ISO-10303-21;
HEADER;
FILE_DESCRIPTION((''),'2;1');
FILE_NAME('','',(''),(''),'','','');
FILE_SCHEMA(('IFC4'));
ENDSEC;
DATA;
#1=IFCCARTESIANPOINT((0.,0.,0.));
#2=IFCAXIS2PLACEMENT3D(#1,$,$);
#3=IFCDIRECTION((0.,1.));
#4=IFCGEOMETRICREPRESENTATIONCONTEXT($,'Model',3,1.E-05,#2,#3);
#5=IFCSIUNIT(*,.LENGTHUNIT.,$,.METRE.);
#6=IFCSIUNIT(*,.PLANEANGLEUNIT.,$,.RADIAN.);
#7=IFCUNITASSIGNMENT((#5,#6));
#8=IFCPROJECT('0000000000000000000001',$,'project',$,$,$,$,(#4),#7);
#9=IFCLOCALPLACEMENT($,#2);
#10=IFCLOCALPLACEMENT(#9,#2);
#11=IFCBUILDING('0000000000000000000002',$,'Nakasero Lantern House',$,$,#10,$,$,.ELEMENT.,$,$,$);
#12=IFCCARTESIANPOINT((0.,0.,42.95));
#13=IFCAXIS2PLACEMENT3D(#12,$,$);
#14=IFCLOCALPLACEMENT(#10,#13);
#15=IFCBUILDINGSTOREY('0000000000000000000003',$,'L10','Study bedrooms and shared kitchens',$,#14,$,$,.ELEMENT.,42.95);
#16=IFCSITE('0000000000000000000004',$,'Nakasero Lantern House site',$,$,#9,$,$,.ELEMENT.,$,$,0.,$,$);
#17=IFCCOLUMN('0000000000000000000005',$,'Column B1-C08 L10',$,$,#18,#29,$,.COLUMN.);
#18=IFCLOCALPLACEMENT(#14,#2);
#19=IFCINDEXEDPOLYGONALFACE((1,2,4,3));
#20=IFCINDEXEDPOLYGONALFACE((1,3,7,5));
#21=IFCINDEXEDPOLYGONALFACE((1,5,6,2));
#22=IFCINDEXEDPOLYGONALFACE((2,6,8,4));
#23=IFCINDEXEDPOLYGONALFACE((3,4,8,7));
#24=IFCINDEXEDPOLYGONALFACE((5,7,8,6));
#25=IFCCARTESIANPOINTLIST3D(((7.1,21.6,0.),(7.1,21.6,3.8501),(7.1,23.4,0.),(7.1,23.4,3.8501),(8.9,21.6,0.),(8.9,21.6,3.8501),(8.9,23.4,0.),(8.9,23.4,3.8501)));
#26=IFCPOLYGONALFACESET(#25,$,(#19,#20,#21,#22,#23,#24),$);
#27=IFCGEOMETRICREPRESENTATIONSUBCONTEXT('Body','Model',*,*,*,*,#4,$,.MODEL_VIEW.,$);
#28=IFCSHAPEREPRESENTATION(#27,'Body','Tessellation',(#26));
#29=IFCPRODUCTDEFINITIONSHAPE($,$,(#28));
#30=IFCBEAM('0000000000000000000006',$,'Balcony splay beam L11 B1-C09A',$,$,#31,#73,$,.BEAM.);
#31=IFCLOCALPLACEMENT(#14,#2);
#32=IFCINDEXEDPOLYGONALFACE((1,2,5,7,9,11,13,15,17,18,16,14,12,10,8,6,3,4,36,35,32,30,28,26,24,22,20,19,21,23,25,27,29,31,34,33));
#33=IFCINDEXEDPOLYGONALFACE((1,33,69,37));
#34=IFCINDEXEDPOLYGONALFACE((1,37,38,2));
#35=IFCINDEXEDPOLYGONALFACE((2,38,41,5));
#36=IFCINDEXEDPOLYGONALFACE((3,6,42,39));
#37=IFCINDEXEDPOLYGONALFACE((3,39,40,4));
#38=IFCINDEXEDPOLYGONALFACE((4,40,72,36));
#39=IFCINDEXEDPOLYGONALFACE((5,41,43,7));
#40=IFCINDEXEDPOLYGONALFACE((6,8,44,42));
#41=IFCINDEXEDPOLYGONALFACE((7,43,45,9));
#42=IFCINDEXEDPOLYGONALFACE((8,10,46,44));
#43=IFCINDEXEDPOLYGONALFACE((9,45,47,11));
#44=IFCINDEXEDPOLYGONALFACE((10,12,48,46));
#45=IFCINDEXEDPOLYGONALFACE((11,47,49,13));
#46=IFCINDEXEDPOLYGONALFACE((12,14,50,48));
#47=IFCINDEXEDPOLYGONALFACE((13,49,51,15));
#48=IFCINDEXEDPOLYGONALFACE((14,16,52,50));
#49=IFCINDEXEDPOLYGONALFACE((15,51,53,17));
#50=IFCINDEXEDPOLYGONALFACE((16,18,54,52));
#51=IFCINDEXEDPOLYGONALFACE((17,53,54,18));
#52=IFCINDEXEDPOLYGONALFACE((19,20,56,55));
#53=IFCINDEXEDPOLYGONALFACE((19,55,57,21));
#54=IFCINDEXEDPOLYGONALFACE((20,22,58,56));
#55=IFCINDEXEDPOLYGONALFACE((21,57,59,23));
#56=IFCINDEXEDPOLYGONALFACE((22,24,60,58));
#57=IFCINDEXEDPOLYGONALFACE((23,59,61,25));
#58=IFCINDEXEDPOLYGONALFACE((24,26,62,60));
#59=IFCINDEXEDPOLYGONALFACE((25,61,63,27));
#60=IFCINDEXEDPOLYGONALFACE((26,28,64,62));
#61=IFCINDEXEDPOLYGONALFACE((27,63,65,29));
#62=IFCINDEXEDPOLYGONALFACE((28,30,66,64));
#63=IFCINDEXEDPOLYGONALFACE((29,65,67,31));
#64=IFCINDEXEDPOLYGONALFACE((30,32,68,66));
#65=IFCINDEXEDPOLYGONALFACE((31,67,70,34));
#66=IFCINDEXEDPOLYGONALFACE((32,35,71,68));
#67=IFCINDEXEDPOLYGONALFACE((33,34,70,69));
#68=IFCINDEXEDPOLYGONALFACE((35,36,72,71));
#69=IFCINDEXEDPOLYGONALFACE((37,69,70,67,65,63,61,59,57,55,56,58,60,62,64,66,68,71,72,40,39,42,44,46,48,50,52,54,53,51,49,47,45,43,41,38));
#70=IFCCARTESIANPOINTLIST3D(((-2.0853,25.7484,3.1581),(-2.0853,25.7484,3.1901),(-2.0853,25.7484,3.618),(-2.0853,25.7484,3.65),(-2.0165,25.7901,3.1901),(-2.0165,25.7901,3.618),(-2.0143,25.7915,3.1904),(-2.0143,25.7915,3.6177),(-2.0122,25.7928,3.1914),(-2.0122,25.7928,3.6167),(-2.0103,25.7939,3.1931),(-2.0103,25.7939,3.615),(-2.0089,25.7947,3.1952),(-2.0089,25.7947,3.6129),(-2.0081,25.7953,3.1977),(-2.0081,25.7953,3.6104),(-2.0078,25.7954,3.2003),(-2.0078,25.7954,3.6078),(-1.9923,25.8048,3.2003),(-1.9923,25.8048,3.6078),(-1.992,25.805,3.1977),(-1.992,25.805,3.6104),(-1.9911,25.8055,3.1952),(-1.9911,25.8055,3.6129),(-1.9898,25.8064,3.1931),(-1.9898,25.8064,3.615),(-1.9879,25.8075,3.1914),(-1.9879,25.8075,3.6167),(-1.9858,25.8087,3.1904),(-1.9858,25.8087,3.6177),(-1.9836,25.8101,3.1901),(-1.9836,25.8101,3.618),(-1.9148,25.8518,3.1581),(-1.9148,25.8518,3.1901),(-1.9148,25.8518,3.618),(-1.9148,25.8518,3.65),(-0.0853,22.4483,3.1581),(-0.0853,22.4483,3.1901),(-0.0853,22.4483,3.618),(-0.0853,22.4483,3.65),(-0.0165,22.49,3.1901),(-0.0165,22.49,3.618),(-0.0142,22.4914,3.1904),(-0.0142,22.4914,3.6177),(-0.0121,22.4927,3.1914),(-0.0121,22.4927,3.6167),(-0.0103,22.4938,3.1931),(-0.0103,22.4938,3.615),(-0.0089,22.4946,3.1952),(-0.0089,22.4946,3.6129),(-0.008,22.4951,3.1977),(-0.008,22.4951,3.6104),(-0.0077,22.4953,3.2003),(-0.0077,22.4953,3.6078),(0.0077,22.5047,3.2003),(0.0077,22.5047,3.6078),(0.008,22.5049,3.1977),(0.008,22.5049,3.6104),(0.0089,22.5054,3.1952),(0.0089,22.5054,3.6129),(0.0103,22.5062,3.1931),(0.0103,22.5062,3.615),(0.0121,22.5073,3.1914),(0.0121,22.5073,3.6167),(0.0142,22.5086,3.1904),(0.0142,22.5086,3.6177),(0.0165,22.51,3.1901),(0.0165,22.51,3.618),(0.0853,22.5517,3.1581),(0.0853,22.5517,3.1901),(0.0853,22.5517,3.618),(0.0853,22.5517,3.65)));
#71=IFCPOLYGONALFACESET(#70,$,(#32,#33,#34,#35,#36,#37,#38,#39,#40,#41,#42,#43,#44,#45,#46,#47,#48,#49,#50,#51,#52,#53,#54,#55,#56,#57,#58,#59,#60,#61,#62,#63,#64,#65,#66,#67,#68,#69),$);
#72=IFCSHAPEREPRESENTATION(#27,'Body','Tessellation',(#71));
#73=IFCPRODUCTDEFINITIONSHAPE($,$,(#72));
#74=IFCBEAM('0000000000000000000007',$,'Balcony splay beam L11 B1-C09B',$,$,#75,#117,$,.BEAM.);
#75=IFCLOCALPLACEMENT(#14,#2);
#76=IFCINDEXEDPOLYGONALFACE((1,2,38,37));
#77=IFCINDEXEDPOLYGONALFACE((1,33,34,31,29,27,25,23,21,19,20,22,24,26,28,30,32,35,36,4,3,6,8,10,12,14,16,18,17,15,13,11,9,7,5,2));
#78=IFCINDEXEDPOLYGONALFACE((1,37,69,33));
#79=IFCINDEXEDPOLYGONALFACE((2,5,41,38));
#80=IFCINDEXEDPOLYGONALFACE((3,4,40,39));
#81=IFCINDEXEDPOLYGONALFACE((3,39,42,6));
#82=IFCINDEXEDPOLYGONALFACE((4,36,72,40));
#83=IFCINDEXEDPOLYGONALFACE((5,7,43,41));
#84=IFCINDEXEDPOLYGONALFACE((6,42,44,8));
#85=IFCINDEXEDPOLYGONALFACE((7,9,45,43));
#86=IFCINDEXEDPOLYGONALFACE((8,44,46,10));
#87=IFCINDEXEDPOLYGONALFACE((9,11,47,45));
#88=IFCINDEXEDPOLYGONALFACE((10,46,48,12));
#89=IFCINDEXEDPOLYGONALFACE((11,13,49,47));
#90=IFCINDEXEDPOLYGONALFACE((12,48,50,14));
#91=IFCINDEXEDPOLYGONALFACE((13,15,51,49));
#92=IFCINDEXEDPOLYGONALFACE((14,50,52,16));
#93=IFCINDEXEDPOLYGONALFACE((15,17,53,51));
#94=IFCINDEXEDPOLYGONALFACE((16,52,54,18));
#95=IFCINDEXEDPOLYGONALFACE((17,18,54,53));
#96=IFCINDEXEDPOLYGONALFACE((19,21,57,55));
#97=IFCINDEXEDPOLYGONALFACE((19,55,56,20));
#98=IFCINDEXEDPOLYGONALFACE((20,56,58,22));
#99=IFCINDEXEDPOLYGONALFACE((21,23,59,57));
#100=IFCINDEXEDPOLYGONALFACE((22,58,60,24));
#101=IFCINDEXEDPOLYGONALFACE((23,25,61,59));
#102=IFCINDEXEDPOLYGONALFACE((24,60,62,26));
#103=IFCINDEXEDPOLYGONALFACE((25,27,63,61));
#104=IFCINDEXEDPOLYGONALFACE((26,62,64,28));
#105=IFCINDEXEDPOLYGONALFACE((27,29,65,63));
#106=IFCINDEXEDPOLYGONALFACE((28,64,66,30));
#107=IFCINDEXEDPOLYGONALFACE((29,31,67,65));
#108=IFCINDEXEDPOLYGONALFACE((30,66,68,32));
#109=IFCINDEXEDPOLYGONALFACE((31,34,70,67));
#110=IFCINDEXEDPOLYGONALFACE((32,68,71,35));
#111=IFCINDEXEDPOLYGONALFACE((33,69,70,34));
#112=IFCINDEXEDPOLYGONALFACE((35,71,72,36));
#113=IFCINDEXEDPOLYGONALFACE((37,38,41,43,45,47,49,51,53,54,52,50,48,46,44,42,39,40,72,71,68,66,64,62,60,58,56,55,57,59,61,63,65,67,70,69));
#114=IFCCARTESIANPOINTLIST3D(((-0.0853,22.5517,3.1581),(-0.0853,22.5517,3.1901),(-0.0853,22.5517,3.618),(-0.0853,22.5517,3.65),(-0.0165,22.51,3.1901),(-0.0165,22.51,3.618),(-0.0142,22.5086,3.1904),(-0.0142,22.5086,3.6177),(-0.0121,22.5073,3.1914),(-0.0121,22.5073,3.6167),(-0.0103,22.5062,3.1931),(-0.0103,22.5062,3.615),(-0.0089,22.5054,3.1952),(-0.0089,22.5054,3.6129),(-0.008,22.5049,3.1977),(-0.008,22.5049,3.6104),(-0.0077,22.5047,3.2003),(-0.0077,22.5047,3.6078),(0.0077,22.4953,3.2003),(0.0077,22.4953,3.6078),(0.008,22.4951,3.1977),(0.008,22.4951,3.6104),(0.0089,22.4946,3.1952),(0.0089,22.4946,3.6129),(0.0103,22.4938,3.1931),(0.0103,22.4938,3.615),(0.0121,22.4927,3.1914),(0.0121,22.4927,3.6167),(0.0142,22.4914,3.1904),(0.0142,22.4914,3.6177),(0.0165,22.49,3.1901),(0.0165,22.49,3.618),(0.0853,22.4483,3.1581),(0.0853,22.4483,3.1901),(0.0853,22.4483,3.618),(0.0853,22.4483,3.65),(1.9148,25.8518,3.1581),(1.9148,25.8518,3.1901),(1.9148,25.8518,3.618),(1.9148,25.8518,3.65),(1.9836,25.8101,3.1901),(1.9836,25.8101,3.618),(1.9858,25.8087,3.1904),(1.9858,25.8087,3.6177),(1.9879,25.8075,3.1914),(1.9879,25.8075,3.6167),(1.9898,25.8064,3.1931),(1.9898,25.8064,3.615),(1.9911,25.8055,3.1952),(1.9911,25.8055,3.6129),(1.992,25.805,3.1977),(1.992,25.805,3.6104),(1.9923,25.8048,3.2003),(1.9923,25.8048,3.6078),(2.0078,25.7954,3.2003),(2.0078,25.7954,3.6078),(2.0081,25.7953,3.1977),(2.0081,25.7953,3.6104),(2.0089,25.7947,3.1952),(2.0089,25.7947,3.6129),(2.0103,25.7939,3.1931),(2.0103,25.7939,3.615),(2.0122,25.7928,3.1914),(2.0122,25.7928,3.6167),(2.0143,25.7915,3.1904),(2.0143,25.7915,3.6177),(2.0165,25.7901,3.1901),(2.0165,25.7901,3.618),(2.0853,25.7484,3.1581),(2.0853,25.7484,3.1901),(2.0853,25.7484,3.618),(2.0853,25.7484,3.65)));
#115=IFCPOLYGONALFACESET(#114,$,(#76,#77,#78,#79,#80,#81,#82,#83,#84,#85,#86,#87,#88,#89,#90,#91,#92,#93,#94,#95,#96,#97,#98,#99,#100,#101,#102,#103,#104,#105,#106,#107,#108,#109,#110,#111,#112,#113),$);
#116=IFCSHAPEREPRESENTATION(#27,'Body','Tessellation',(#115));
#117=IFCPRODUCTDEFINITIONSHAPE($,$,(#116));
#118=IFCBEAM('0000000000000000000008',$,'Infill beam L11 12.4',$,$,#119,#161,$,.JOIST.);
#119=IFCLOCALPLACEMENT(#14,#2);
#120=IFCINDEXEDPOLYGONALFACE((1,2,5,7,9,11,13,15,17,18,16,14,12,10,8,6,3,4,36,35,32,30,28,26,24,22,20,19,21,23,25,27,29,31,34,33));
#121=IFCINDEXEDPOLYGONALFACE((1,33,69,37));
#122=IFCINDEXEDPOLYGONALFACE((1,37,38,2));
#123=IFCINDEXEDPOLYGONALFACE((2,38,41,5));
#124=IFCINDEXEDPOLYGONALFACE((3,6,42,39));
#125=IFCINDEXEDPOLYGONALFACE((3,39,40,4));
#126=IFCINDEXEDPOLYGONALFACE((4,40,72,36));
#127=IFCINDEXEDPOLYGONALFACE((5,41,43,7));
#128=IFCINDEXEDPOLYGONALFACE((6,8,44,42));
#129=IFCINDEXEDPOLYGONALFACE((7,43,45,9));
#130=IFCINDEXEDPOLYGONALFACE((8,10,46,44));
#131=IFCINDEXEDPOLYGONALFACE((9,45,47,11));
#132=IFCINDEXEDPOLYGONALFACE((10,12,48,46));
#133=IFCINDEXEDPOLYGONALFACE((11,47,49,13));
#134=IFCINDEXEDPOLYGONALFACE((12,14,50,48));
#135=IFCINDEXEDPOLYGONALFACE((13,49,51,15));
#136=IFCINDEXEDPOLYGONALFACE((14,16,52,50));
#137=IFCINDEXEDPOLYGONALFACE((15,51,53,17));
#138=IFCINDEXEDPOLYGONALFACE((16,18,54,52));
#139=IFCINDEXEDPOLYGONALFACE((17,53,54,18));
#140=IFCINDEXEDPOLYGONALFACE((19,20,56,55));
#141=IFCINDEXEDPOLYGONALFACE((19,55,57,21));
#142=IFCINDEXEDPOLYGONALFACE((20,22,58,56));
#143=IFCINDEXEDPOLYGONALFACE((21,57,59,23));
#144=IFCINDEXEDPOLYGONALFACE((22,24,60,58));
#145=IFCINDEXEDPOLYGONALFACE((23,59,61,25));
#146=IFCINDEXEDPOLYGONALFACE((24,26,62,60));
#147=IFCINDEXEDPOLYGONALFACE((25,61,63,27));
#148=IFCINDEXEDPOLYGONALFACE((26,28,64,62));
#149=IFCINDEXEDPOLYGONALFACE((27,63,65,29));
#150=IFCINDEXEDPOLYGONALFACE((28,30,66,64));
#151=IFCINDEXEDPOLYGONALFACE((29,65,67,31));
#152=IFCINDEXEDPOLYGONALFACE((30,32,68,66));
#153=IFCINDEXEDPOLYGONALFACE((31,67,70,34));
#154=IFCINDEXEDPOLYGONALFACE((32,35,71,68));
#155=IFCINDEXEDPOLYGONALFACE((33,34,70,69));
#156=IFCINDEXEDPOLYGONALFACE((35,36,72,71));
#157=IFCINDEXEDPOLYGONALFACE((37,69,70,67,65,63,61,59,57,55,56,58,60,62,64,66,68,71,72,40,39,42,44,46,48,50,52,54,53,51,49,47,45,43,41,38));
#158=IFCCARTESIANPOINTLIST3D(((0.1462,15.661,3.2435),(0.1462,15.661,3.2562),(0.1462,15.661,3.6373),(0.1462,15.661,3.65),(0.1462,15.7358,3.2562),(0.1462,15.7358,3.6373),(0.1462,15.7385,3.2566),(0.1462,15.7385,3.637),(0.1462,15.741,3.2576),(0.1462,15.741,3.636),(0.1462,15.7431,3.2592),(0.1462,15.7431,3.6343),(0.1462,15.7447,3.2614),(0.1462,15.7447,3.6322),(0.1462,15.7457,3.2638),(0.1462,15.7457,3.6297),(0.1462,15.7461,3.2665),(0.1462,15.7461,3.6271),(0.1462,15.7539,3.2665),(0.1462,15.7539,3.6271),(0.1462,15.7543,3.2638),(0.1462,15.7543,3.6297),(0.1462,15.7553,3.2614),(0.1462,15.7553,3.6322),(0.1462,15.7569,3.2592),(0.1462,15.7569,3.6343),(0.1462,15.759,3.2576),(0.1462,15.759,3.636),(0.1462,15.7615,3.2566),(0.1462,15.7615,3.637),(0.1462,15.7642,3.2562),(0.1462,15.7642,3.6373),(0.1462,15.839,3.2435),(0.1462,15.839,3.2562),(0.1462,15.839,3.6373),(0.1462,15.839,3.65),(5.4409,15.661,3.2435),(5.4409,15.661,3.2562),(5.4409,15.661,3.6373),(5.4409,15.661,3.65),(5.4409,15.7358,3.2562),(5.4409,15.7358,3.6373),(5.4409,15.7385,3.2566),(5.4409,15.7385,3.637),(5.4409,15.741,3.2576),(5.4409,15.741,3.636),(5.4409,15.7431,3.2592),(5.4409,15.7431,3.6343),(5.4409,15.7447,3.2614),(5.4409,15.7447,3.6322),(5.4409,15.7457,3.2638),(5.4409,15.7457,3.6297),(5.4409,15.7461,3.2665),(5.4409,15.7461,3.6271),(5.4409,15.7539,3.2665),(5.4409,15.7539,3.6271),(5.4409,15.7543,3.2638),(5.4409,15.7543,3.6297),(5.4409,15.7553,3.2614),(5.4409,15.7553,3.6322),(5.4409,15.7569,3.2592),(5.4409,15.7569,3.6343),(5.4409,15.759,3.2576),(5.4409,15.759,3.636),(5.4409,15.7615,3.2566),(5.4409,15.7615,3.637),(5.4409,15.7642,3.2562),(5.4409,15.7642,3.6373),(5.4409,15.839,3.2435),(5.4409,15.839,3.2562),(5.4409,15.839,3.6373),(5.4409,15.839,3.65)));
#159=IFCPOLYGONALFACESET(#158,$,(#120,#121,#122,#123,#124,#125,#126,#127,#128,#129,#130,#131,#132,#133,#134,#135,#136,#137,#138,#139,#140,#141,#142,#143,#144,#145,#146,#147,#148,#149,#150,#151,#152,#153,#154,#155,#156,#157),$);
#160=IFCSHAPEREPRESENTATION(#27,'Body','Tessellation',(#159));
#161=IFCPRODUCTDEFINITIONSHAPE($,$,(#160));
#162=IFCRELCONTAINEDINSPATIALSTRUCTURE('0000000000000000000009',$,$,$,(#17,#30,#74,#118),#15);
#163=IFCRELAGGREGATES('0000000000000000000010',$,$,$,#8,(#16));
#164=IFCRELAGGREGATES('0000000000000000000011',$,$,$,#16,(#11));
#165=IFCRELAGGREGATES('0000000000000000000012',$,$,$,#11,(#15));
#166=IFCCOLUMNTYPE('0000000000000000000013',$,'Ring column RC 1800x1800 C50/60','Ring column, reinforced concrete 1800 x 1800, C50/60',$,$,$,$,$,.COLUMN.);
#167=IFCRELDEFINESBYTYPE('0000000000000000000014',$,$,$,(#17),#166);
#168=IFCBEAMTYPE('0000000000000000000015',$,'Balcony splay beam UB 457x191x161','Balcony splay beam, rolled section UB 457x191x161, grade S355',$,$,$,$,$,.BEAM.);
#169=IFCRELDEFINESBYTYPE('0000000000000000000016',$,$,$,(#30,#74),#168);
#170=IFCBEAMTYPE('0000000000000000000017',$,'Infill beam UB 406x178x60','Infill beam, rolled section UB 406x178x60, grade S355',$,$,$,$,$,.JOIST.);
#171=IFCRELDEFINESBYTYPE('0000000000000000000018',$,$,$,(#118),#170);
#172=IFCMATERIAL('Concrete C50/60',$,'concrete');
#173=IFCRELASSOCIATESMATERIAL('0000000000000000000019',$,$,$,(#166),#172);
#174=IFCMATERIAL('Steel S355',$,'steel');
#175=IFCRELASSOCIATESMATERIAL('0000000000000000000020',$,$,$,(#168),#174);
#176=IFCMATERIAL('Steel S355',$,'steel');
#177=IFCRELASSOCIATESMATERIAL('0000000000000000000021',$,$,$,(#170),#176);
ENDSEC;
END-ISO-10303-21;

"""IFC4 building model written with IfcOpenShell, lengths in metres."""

from ifc_helpers import new_model, si_unit, direction, frame, origin, origin_2d, place, context, subcontext, project, spatial, rectangle, i_section, extrude, material, material_profile, profile_set, type_object, element, save


model = new_model("IFC4")

# Units and contexts
model_context = context("Model", 3, precision=1e-05, world=origin(), true_north=direction((0.0, 1.0)))
body_context = subcontext(model_context, "Body", "Model", "MODEL_VIEW")
ifc_project = project(units=[si_unit("LENGTHUNIT", "METRE"), si_unit("PLANEANGLEUNIT", "RADIAN")], contexts=[model_context])

# Site, building, storey
site_placement = place(None, origin())
site = spatial("IfcSite", under=ifc_project, at=site_placement, Name="Nakasero Lantern House site", CompositionType="ELEMENT", RefElevation=0.0)
building_placement = place(site_placement, origin())
building = spatial("IfcBuilding", under=site, at=building_placement, Name="Nakasero Lantern House", CompositionType="ELEMENT")
storey_placement = place(building_placement, frame((0.0, 0.0, 42.95)))
storey = spatial("IfcBuildingStorey", under=building, at=storey_placement, Name="L10", Description="Study bedrooms and shared kitchens", CompositionType="ELEMENT", Elevation=42.95)

# Column
ifc_material_1 = material(Name="Concrete C50/60", Category="concrete")
ifc_material_profile_1 = material_profile(ifc_material_1, rectangle(XDim=1.8, YDim=1.8, at=origin_2d()), Name="RC 1800x1800")
ifc_profile_set_1 = profile_set([ifc_material_profile_1], Name="Concrete C50/60")
column_type = type_object("IfcColumnType", Name="Ring column RC 1800x1800 C50/60", Description="Ring column, reinforced concrete 1800 x 1800, C50/60", PredefinedType="COLUMN", material=ifc_profile_set_1)
column_placement = place(storey_placement, frame((8.0, 22.5, 0.0), z_axis=(0.0, 0.0, 1.0), x_axis=(1.0, 0.0, 0.0)))
element("IfcColumn", 1, at=column_placement, inside=storey, type_object=column_type, Name="Column B1-C08 L10", PredefinedType="COLUMN", context=body_context, shape_type="SweptSolid", body=[
    extrude(rectangle(XDim=1.8, YDim=1.8, at=origin_2d()), origin(), (0.0, 0.0, 1.0), 3.8501),
])

# Beams
ifc_material_2 = material(Name="Steel S355", Category="steel")
ifc_material_profile_2 = material_profile(ifc_material_2, i_section(OverallWidth=0.1995, OverallDepth=0.4919, WebThickness=0.0181, FlangeThickness=0.032, FilletRadius=0.0103, at=origin_2d()), Name="UB 457x191x161")
ifc_profile_set_2 = profile_set([ifc_material_profile_2], Name="Steel S355")
beam_type_1 = type_object("IfcBeamType", Name="Balcony splay beam UB 457x191x161", Description="Balcony splay beam, rolled section UB 457x191x161, grade S355", PredefinedType="BEAM", material=ifc_profile_set_2)
for number, where, z_axis, x_axis, name in (
    (2, (0.0, 22.5, 3.4041), (-0.518296, 0.855201, 0.0), (-0.855201, -0.518296, 0.0), "Balcony splay beam L11 B1-C09A"),
    (3, (0.0, 22.5, 3.4041), (0.518296, 0.855201, 0.0), (-0.855201, 0.518296, 0.0), "Balcony splay beam L11 B1-C09B"),
):
    element("IfcBeam", number, at=place(storey_placement, frame(where, z_axis=z_axis, x_axis=x_axis)), inside=storey, type_object=beam_type_1, Name=name, PredefinedType="BEAM", context=body_context, shape_type="SweptSolid", body=[
        extrude(i_section(OverallWidth=0.1995, OverallDepth=0.4919, WebThickness=0.0181, FlangeThickness=0.032, FilletRadius=0.0103, at=origin_2d()), origin(), (0.0, 0.0, 1.0), 3.8589),
    ])
ifc_material_3 = material(Name="Steel S355", Category="steel")
ifc_material_profile_3 = material_profile(ifc_material_3, i_section(OverallWidth=0.178, OverallDepth=0.4065, WebThickness=0.0078, FlangeThickness=0.0127, FilletRadius=0.0103, at=origin_2d()), Name="UB 406x178x60")
ifc_profile_set_3 = profile_set([ifc_material_profile_3], Name="Steel S355")
beam_type_2 = type_object("IfcBeamType", Name="Infill beam UB 406x178x60", Description="Infill beam, rolled section UB 406x178x60, grade S355", PredefinedType="JOIST", material=ifc_profile_set_3)
beam_1_placement = place(storey_placement, frame((0.1462, 15.75, 3.4468), z_axis=(1.0, 0.0, 0.0), x_axis=(0.0, 1.0, 0.0)))
element("IfcBeam", 4, at=beam_1_placement, inside=storey, type_object=beam_type_2, Name="Infill beam L11 12.4", PredefinedType="JOIST", context=body_context, shape_type="SweptSolid", body=[
    extrude(i_section(OverallWidth=0.178, OverallDepth=0.4065, WebThickness=0.0078, FlangeThickness=0.0127, FilletRadius=0.0103, at=origin_2d()), origin(), (0.0, 0.0, 1.0), 5.2947),
])

save(model, "model.ifc")
